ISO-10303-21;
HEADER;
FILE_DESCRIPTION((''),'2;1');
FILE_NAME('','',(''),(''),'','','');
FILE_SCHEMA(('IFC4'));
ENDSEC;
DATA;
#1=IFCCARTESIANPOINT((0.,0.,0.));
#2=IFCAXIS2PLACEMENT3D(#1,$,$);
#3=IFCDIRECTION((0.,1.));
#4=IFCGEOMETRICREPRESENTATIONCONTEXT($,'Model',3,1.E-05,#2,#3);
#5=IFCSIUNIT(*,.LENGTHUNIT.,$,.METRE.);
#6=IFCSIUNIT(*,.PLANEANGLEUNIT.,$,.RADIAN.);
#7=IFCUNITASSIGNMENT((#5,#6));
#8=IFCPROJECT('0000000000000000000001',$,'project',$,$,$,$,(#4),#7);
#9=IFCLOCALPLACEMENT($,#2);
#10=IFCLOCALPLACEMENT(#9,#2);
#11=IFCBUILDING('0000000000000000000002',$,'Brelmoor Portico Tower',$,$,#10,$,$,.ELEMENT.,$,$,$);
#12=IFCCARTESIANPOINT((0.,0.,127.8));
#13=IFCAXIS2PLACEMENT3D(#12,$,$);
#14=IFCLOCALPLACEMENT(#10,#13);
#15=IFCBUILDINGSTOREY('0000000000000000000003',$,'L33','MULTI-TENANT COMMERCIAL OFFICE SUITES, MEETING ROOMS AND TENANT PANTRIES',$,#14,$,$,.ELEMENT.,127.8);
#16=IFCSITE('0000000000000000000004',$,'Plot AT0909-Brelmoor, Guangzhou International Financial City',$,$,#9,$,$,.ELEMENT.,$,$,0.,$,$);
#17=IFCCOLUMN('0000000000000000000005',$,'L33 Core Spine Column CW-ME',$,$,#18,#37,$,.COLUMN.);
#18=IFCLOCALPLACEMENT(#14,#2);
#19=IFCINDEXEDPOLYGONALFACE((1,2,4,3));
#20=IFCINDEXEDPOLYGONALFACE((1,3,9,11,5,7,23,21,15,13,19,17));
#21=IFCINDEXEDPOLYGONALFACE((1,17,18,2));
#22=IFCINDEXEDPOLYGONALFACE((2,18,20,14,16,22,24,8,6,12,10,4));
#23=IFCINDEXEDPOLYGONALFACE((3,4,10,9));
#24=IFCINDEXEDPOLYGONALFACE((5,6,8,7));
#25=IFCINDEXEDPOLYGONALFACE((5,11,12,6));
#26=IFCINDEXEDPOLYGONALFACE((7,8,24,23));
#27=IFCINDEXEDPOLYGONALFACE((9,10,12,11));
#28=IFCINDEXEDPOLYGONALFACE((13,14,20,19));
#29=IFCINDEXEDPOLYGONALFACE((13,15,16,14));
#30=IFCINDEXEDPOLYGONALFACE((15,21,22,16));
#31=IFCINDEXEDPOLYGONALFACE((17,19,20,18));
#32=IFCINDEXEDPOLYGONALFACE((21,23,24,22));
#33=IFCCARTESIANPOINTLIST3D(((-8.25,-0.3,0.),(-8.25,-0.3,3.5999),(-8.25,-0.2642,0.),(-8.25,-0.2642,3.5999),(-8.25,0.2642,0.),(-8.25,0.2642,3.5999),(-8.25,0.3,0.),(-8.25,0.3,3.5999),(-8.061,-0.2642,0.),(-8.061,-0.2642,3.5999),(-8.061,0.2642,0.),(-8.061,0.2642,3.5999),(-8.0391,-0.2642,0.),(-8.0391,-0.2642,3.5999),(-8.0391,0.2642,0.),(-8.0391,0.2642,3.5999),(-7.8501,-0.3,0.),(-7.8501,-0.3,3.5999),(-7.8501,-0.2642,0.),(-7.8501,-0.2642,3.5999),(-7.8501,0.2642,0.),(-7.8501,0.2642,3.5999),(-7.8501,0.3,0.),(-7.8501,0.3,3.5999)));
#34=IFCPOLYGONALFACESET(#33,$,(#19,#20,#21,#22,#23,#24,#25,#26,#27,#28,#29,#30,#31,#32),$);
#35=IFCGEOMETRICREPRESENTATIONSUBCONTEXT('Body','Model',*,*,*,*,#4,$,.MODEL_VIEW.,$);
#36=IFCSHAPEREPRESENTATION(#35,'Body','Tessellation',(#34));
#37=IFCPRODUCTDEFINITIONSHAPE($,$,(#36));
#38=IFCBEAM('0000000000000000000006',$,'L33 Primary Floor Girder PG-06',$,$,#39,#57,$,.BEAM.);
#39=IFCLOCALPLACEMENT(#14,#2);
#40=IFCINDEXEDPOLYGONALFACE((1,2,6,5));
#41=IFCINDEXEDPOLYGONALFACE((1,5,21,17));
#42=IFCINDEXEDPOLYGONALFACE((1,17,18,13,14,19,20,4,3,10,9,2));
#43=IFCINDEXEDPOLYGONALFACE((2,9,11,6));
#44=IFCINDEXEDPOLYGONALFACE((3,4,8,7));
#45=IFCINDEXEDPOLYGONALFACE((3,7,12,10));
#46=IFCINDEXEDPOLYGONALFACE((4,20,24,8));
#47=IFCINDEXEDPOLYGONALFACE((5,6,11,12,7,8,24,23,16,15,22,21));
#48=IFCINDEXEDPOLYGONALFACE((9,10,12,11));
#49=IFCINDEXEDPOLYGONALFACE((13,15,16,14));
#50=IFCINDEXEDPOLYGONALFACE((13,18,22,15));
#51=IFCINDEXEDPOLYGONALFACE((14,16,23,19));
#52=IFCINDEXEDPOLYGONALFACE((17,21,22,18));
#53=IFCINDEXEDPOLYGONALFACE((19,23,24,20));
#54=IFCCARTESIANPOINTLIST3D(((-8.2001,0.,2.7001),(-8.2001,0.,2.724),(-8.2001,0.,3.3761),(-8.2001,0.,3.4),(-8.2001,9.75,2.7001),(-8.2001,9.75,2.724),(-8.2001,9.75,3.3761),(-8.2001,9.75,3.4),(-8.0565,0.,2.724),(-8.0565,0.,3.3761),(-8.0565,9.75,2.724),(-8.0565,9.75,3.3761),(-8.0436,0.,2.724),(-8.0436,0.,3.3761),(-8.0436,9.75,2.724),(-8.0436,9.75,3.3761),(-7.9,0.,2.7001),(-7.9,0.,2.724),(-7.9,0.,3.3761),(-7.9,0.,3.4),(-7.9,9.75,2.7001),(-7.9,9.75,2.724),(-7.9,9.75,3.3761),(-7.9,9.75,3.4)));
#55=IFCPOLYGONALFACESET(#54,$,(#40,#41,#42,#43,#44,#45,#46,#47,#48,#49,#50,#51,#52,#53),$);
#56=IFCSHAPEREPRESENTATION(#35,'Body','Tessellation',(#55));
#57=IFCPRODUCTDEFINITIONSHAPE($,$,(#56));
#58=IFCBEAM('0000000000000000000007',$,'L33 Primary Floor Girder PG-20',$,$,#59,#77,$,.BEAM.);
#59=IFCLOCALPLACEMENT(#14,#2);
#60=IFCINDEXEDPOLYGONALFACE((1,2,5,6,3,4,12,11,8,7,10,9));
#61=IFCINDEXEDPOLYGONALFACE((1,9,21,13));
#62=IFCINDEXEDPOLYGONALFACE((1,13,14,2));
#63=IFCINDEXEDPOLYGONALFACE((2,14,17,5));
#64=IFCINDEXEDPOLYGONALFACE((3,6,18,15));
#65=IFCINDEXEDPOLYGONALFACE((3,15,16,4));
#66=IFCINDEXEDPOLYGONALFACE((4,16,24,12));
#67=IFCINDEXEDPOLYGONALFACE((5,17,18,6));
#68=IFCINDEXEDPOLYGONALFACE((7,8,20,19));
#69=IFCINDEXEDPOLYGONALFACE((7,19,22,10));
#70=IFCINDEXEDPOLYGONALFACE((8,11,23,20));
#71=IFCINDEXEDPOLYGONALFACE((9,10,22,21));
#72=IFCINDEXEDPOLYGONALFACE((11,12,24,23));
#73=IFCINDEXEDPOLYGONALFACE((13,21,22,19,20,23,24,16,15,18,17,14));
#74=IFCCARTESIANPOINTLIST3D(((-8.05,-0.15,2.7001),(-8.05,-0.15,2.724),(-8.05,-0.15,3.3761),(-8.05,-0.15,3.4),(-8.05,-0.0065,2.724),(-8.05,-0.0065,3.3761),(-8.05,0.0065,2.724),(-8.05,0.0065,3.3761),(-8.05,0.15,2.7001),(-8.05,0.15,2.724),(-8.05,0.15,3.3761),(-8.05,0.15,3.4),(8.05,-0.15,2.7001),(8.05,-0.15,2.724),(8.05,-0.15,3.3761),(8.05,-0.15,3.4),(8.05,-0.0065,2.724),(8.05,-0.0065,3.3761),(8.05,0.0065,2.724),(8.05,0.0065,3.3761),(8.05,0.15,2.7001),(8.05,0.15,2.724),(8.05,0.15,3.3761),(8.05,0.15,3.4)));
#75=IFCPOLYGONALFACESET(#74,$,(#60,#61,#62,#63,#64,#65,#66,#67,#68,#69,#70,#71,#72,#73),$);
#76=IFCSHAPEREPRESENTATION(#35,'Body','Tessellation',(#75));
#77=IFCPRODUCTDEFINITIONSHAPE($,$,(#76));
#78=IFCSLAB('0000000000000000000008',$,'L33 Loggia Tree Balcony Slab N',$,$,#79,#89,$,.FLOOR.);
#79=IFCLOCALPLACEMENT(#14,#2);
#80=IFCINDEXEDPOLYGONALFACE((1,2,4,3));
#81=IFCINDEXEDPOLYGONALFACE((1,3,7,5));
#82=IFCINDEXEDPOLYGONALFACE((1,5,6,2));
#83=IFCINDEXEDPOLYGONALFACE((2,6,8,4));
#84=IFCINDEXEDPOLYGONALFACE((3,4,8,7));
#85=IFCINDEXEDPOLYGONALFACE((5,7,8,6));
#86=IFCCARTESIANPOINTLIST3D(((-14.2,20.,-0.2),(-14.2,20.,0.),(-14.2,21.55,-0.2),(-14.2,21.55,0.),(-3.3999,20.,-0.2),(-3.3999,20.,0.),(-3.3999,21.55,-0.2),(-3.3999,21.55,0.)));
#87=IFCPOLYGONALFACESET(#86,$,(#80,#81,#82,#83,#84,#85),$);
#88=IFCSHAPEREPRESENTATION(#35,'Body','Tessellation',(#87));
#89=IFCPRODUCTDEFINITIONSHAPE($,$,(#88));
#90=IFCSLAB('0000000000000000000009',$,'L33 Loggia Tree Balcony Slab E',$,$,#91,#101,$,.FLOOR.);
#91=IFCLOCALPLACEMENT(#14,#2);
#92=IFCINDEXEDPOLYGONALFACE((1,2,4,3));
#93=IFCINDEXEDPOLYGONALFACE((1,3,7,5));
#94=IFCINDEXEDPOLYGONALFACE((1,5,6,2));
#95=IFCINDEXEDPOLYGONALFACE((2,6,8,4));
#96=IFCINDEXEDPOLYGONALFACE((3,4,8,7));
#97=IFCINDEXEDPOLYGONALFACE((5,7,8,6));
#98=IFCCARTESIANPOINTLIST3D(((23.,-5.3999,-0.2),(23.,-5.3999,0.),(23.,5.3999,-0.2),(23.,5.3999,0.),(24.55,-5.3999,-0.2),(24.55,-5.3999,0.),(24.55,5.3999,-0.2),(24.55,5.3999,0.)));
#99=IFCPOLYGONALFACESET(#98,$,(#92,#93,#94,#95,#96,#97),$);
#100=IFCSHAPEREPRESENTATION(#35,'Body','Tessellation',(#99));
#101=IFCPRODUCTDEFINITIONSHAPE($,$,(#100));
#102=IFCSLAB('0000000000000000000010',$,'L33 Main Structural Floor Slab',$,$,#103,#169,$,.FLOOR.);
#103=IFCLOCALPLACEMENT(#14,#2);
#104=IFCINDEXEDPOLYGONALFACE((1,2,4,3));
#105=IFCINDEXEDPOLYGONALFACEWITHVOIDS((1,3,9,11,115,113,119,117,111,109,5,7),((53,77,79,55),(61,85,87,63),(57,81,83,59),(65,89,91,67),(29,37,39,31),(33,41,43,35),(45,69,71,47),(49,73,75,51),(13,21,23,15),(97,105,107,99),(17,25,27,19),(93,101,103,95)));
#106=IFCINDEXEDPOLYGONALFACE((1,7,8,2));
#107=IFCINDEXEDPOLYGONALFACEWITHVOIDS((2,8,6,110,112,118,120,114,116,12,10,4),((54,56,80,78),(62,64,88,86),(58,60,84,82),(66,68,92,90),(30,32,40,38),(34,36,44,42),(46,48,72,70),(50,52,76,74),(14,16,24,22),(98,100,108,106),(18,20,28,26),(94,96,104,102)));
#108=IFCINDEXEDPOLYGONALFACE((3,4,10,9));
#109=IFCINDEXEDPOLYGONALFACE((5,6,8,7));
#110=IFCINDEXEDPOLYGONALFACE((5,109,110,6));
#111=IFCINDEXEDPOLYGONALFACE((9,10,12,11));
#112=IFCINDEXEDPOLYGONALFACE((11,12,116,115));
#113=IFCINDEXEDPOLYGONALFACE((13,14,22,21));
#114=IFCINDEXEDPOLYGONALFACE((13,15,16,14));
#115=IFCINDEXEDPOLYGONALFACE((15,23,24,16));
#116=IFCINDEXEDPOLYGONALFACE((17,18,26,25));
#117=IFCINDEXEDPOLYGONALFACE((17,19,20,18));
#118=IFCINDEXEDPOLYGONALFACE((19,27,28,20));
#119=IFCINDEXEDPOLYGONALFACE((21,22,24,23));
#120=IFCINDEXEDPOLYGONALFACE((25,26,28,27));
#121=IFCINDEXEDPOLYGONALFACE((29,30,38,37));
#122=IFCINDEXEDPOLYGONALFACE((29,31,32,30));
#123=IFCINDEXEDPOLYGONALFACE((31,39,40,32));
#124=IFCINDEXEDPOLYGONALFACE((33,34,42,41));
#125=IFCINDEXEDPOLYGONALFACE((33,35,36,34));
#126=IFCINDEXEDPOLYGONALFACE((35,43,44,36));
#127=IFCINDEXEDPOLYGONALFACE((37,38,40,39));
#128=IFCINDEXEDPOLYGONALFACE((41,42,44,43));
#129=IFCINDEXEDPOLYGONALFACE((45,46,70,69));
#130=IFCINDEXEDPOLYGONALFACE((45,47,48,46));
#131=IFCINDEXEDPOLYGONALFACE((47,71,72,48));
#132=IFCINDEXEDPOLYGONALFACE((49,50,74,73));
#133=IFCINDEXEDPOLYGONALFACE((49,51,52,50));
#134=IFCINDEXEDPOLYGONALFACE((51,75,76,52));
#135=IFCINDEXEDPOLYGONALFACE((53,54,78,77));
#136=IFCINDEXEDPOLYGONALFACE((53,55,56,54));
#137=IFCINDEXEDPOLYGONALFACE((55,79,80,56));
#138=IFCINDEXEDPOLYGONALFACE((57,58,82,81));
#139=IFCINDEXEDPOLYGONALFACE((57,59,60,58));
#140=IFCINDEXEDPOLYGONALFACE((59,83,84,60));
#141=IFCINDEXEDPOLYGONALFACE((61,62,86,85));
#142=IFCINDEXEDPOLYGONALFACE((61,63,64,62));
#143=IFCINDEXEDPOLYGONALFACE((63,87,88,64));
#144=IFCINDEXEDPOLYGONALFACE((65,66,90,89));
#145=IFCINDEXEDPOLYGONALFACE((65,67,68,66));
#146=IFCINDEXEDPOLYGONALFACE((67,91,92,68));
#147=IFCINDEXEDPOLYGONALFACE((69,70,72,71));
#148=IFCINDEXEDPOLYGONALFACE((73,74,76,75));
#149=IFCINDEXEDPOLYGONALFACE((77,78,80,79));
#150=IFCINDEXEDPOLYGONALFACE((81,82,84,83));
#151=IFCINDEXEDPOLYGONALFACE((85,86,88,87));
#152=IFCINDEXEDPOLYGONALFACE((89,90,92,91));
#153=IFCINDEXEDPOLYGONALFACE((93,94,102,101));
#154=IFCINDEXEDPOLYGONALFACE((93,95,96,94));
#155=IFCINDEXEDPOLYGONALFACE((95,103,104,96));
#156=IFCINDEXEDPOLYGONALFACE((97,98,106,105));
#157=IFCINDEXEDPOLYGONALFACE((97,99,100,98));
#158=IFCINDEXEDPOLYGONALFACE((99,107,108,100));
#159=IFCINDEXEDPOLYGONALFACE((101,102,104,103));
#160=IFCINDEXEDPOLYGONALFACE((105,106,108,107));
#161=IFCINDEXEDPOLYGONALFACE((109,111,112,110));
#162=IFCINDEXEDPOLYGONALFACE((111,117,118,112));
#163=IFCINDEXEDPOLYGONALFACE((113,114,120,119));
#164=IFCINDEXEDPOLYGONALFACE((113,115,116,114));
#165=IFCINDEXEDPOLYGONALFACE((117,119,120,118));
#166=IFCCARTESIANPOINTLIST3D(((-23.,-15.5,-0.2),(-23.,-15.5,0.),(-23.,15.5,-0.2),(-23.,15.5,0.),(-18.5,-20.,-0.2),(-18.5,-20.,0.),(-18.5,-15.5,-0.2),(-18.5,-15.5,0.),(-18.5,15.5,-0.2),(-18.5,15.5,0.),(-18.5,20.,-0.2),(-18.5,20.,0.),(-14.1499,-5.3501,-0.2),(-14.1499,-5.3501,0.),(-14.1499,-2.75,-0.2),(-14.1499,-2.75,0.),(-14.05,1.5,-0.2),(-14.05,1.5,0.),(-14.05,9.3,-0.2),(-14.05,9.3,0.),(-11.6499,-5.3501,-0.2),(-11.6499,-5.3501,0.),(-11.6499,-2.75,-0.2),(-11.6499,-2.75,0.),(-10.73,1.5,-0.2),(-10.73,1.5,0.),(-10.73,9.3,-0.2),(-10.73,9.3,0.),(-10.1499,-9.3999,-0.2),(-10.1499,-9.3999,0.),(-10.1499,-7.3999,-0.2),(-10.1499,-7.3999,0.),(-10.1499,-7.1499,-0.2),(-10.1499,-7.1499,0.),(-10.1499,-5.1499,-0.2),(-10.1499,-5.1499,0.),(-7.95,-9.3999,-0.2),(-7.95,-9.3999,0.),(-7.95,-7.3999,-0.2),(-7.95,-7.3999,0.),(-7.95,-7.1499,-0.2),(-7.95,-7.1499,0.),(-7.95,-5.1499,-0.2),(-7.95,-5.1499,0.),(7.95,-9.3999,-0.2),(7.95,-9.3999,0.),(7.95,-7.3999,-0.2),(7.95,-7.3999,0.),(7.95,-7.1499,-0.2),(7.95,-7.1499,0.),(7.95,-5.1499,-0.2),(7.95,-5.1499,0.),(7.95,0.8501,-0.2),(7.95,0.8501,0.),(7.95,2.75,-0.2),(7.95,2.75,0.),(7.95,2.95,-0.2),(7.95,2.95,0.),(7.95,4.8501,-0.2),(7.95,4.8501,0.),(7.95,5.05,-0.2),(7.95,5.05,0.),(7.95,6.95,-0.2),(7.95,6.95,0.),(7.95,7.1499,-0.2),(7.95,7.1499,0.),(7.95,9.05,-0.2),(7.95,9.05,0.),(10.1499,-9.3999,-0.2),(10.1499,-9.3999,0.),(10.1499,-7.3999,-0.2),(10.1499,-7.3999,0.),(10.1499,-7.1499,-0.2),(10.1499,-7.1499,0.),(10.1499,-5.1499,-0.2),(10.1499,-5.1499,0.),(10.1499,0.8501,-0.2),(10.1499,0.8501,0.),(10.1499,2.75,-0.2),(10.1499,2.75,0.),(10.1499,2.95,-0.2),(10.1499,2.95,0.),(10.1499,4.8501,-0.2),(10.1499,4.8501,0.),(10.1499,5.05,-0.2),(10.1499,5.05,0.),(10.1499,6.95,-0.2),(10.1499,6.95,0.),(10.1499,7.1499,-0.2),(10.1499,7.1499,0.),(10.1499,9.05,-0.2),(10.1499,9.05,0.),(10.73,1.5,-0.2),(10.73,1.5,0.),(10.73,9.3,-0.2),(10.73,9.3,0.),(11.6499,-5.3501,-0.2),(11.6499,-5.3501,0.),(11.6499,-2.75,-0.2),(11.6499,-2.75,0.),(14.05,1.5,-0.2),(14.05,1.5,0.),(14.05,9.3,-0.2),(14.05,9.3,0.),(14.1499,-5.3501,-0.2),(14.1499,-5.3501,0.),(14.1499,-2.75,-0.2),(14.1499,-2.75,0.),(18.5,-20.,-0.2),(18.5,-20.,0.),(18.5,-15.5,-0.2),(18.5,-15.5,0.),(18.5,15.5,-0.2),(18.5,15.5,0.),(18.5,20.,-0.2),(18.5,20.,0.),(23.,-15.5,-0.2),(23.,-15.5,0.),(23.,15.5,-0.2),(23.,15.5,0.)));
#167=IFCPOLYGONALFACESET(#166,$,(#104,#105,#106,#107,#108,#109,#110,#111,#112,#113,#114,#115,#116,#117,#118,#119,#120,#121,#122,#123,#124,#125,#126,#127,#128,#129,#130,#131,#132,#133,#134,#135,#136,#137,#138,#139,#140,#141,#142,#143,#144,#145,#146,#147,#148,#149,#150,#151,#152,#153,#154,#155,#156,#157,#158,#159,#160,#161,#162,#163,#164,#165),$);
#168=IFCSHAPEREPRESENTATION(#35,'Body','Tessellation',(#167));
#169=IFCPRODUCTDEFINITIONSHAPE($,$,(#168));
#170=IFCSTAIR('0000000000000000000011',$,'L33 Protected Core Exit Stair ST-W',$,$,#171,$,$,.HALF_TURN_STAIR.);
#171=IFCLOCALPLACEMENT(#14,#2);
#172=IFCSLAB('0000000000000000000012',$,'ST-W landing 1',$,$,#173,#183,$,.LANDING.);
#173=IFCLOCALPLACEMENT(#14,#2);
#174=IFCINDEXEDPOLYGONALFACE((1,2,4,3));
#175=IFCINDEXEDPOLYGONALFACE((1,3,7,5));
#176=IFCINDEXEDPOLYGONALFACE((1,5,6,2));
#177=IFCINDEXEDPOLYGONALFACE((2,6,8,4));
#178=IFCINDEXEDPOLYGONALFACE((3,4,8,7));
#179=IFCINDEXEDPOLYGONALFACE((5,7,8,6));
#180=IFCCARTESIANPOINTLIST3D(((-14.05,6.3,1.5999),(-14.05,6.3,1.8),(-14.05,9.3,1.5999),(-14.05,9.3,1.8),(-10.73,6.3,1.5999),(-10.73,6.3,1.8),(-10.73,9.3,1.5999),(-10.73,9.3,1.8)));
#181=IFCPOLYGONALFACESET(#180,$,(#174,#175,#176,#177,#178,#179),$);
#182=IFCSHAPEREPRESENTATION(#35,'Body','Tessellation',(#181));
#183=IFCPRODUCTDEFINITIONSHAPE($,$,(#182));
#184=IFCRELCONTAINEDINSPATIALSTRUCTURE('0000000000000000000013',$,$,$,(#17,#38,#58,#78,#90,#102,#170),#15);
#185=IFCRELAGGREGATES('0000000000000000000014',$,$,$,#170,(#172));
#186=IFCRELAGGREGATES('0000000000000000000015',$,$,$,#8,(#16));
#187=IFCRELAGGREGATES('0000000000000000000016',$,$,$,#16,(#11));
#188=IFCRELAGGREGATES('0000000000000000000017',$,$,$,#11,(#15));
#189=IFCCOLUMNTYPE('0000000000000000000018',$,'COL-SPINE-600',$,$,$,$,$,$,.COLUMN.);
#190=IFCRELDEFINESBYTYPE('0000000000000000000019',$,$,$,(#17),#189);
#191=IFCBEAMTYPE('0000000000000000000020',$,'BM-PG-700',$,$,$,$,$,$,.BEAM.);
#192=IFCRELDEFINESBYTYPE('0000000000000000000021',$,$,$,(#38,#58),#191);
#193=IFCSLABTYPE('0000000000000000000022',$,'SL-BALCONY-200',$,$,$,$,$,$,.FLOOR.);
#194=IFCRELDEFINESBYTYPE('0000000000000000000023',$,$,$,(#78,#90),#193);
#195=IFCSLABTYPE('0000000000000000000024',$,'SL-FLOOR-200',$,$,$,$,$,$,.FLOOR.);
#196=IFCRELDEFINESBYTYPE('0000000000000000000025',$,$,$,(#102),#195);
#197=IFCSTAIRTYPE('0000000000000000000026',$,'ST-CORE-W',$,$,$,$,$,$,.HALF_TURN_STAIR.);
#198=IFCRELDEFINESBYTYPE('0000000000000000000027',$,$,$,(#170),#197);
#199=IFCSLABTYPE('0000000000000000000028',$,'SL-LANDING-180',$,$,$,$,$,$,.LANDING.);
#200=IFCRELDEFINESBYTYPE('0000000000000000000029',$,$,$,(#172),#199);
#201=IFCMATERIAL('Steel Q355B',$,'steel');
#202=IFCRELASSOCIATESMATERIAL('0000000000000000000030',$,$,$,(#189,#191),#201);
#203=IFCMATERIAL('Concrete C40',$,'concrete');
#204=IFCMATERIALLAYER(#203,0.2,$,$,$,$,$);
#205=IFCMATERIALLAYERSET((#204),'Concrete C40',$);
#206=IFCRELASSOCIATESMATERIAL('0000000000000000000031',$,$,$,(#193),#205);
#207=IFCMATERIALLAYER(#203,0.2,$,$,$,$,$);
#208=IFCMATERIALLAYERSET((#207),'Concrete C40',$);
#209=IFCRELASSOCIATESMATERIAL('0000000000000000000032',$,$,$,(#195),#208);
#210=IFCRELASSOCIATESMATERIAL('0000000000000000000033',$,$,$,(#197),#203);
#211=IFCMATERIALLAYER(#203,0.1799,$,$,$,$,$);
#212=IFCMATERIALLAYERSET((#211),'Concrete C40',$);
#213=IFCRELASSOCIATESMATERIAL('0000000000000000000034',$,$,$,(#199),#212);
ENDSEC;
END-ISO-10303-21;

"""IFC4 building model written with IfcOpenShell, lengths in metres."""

from ifc_helpers import new_model, si_unit, direction, frame, origin, origin_2d, place, context, subcontext, project, spatial, polyline, i_section, outline, extrude, material, layer, layer_set, material_profile, profile_set, type_object, element, aggregate, save


model = new_model("IFC4")

# Units and contexts
model_context = context("Model", 3, precision=1e-05, world=origin(), true_north=direction((0.0, 1.0)))
body_context = subcontext(model_context, "Body", "Model", "MODEL_VIEW")
ifc_project = project(units=[si_unit("LENGTHUNIT", "METRE"), si_unit("PLANEANGLEUNIT", "RADIAN")], contexts=[model_context])

# Site, building, storey
site_placement = place(None, origin())
site = spatial("IfcSite", under=ifc_project, at=site_placement, Name="Plot AT0909-Brelmoor, Guangzhou International Financial City", CompositionType="ELEMENT", RefElevation=0.0)
building_placement = place(site_placement, origin())
building = spatial("IfcBuilding", under=site, at=building_placement, Name="Brelmoor Portico Tower", CompositionType="ELEMENT")
storey_placement = place(building_placement, frame((0.0, 0.0, 127.8)))
storey = spatial("IfcBuildingStorey", under=building, at=storey_placement, Name="L33", Description="MULTI-TENANT COMMERCIAL OFFICE SUITES, MEETING ROOMS AND TENANT PANTRIES", CompositionType="ELEMENT", Elevation=127.8)

# Column
ifc_material_1 = material(Name="Steel Q355B", Category="steel")
ifc_material_profile_1 = material_profile(ifc_material_1, i_section(OverallWidth=0.3999, OverallDepth=0.6001, WebThickness=0.022, FlangeThickness=0.0359, at=origin_2d()), Name="HW 600x400x22x36")
ifc_profile_set_1 = profile_set([ifc_material_profile_1], Name="Steel Q355B")
column_type = type_object("IfcColumnType", Name="COL-SPINE-600", PredefinedType="COLUMN", material=ifc_profile_set_1)
column_placement = place(storey_placement, frame((-8.05, 0.0, 0.0), z_axis=(0.0, 0.0, 1.0), x_axis=(1.0, 0.0, 0.0)))
element("IfcColumn", 1, at=column_placement, inside=storey, type_object=column_type, Name="L33 Core Spine Column CW-ME", PredefinedType="COLUMN", context=body_context, shape_type="SweptSolid", body=[
    extrude(i_section(OverallWidth=0.3999, OverallDepth=0.6001, WebThickness=0.022, FlangeThickness=0.0359, at=origin_2d()), origin(), (0.0, 0.0, 1.0), 3.5999),
])

# Beams
ifc_material_profile_2 = material_profile(ifc_material_1, i_section(OverallWidth=0.3, OverallDepth=0.7, WebThickness=0.0129, FlangeThickness=0.0239, at=origin_2d()), Name="HN 700x300x13x24")
ifc_profile_set_2 = profile_set([ifc_material_profile_2], Name="Steel Q355B")
beam_type = type_object("IfcBeamType", Name="BM-PG-700", PredefinedType="BEAM", material=ifc_profile_set_2)
beam_1_placement = place(storey_placement, frame((-8.05, 0.0, 3.05), z_axis=(0.0, 1.0, 0.0), x_axis=(-1.0, 0.0, 0.0)))
element("IfcBeam", 2, at=beam_1_placement, inside=storey, type_object=beam_type, Name="L33 Primary Floor Girder PG-06", PredefinedType="BEAM", context=body_context, shape_type="SweptSolid", body=[
    extrude(i_section(OverallWidth=0.3, OverallDepth=0.7, WebThickness=0.0129, FlangeThickness=0.0239, at=origin_2d()), origin(), (0.0, 0.0, 1.0), 9.75),
])
beam_2_placement = place(storey_placement, frame((-8.05, 0.0, 3.05), z_axis=(1.0, 0.0, 0.0), x_axis=(0.0, 1.0, 0.0)))
element("IfcBeam", 3, at=beam_2_placement, inside=storey, type_object=beam_type, Name="L33 Primary Floor Girder PG-20", PredefinedType="BEAM", context=body_context, shape_type="SweptSolid", body=[
    extrude(i_section(OverallWidth=0.3, OverallDepth=0.7, WebThickness=0.0129, FlangeThickness=0.0239, at=origin_2d()), origin(), (0.0, 0.0, 1.0), 16.1001),
])

# Slabs
ifc_material_2 = material(Name="Concrete C40", Category="concrete")
ifc_layer_1 = layer(ifc_material_2, 0.2)
ifc_layer_set_1 = layer_set([ifc_layer_1], Name="Concrete C40")
slab_type_1 = type_object("IfcSlabType", Name="SL-BALCONY-200", PredefinedType="FLOOR", material=ifc_layer_set_1)
slab_1_placement = place(storey_placement, frame((0.0, 0.0, -0.2)))
element("IfcSlab", 4, at=slab_1_placement, inside=storey, type_object=slab_type_1, Name="L33 Loggia Tree Balcony Slab N", PredefinedType="FLOOR", context=body_context, shape_type="SweptSolid", body=[
    extrude(outline(polyline([(-14.2, 20.0), (-3.3999, 20.0), (-3.3999, 21.55), (-14.2, 21.55), (-14.2, 20.0)])), origin(), (0.0, 0.0, 1.0), 0.2),
])
slab_2_placement = place(storey_placement, frame((0.0, 0.0, -0.2)))
element("IfcSlab", 5, at=slab_2_placement, inside=storey, type_object=slab_type_1, Name="L33 Loggia Tree Balcony Slab E", PredefinedType="FLOOR", context=body_context, shape_type="SweptSolid", body=[
    extrude(outline(polyline([(23.0, -5.3999), (24.55, -5.3999), (24.55, 5.3999), (23.0, 5.3999), (23.0, -5.3999)])), origin(), (0.0, 0.0, 1.0), 0.2),
])
ifc_layer_2 = layer(ifc_material_2, 0.2)
ifc_layer_set_2 = layer_set([ifc_layer_2], Name="Concrete C40")
slab_type_2 = type_object("IfcSlabType", Name="SL-FLOOR-200", PredefinedType="FLOOR", material=ifc_layer_set_2)
slab_3_placement = place(storey_placement, frame((0.0, 0.0, -0.2)))
element("IfcSlab", 6, at=slab_3_placement, inside=storey, type_object=slab_type_2, Name="L33 Main Structural Floor Slab", PredefinedType="FLOOR", context=body_context, shape_type="SweptSolid", body=[
    extrude(outline(polyline([(-18.5, -20.0), (18.5, -20.0), (18.5, -15.5), (23.0, -15.5), (23.0, 15.5), (18.5, 15.5), (18.5, 20.0), (-18.5, 20.0), (-18.5, 15.5), (-23.0, 15.5), (-23.0, -15.5), (-18.5, -15.5), (-18.5, -20.0)]), holes=[polyline([(-10.73, 1.5), (-10.73, 9.3), (-14.05, 9.3), (-14.05, 1.5), (-10.73, 1.5)]), polyline([(14.05, 1.5), (14.05, 9.3), (10.73, 9.3), (10.73, 1.5), (14.05, 1.5)]), polyline([(7.95, 0.8501), (10.1499, 0.8501), (10.1499, 2.75), (7.95, 2.75), (7.95, 0.8501)]), polyline([(7.95, 2.95), (10.1499, 2.95), (10.1499, 4.8501), (7.95, 4.8501), (7.95, 2.95)]), polyline([(7.95, 5.05), (10.1499, 5.05), (10.1499, 6.95), (7.95, 6.95), (7.95, 5.05)]), polyline([(7.95, 7.1499), (10.1499, 7.1499), (10.1499, 9.05), (7.95, 9.05), (7.95, 7.1499)]), polyline([(-10.1499, -9.3999), (-7.95, -9.3999), (-7.95, -7.3999), (-10.1499, -7.3999), (-10.1499, -9.3999)]), polyline([(-10.1499, -7.1499), (-7.95, -7.1499), (-7.95, -5.1499), (-10.1499, -5.1499), (-10.1499, -7.1499)]), polyline([(7.95, -9.3999), (10.1499, -9.3999), (10.1499, -7.3999), (7.95, -7.3999), (7.95, -9.3999)]), polyline([(7.95, -7.1499), (10.1499, -7.1499), (10.1499, -5.1499), (7.95, -5.1499), (7.95, -7.1499)]), polyline([(-14.1499, -5.3501), (-11.6499, -5.3501), (-11.6499, -2.75), (-14.1499, -2.75), (-14.1499, -5.3501)]), polyline([(11.6499, -5.3501), (14.1499, -5.3501), (14.1499, -2.75), (11.6499, -2.75), (11.6499, -5.3501)])]), origin(), (0.0, 0.0, 1.0), 0.2),
])

# Stair, slab
stair_type_1 = type_object("IfcStairType", Name="ST-CORE-W", PredefinedType="HALF_TURN_STAIR", material=ifc_material_2)
stair_1_placement = place(storey_placement, origin())
stair_1 = element("IfcStair", 7, at=stair_1_placement, inside=storey, type_object=stair_type_1, Name="L33 Protected Core Exit Stair ST-W", PredefinedType="HALF_TURN_STAIR")
ifc_layer_3 = layer(ifc_material_2, 0.1799)
ifc_layer_set_3 = layer_set([ifc_layer_3], Name="Concrete C40")
slab_type_3 = type_object("IfcSlabType", Name="SL-LANDING-180", PredefinedType="LANDING", material=ifc_layer_set_3)
slab_4_placement = place(storey_placement, frame((0.0, 0.0, 1.5999)))
slab_4 = element("IfcSlab", 8, at=slab_4_placement, type_object=slab_type_3, Name="ST-W landing 1", PredefinedType="LANDING", context=body_context, shape_type="SweptSolid", body=[
    extrude(outline(polyline([(-10.73, 6.3), (-10.73, 9.3), (-14.05, 9.3), (-14.05, 6.3), (-10.73, 6.3)])), origin(), (0.0, 0.0, 1.0), 0.2002),
])

aggregate(stair_1, [slab_4])

save(model, "model.ifc")
